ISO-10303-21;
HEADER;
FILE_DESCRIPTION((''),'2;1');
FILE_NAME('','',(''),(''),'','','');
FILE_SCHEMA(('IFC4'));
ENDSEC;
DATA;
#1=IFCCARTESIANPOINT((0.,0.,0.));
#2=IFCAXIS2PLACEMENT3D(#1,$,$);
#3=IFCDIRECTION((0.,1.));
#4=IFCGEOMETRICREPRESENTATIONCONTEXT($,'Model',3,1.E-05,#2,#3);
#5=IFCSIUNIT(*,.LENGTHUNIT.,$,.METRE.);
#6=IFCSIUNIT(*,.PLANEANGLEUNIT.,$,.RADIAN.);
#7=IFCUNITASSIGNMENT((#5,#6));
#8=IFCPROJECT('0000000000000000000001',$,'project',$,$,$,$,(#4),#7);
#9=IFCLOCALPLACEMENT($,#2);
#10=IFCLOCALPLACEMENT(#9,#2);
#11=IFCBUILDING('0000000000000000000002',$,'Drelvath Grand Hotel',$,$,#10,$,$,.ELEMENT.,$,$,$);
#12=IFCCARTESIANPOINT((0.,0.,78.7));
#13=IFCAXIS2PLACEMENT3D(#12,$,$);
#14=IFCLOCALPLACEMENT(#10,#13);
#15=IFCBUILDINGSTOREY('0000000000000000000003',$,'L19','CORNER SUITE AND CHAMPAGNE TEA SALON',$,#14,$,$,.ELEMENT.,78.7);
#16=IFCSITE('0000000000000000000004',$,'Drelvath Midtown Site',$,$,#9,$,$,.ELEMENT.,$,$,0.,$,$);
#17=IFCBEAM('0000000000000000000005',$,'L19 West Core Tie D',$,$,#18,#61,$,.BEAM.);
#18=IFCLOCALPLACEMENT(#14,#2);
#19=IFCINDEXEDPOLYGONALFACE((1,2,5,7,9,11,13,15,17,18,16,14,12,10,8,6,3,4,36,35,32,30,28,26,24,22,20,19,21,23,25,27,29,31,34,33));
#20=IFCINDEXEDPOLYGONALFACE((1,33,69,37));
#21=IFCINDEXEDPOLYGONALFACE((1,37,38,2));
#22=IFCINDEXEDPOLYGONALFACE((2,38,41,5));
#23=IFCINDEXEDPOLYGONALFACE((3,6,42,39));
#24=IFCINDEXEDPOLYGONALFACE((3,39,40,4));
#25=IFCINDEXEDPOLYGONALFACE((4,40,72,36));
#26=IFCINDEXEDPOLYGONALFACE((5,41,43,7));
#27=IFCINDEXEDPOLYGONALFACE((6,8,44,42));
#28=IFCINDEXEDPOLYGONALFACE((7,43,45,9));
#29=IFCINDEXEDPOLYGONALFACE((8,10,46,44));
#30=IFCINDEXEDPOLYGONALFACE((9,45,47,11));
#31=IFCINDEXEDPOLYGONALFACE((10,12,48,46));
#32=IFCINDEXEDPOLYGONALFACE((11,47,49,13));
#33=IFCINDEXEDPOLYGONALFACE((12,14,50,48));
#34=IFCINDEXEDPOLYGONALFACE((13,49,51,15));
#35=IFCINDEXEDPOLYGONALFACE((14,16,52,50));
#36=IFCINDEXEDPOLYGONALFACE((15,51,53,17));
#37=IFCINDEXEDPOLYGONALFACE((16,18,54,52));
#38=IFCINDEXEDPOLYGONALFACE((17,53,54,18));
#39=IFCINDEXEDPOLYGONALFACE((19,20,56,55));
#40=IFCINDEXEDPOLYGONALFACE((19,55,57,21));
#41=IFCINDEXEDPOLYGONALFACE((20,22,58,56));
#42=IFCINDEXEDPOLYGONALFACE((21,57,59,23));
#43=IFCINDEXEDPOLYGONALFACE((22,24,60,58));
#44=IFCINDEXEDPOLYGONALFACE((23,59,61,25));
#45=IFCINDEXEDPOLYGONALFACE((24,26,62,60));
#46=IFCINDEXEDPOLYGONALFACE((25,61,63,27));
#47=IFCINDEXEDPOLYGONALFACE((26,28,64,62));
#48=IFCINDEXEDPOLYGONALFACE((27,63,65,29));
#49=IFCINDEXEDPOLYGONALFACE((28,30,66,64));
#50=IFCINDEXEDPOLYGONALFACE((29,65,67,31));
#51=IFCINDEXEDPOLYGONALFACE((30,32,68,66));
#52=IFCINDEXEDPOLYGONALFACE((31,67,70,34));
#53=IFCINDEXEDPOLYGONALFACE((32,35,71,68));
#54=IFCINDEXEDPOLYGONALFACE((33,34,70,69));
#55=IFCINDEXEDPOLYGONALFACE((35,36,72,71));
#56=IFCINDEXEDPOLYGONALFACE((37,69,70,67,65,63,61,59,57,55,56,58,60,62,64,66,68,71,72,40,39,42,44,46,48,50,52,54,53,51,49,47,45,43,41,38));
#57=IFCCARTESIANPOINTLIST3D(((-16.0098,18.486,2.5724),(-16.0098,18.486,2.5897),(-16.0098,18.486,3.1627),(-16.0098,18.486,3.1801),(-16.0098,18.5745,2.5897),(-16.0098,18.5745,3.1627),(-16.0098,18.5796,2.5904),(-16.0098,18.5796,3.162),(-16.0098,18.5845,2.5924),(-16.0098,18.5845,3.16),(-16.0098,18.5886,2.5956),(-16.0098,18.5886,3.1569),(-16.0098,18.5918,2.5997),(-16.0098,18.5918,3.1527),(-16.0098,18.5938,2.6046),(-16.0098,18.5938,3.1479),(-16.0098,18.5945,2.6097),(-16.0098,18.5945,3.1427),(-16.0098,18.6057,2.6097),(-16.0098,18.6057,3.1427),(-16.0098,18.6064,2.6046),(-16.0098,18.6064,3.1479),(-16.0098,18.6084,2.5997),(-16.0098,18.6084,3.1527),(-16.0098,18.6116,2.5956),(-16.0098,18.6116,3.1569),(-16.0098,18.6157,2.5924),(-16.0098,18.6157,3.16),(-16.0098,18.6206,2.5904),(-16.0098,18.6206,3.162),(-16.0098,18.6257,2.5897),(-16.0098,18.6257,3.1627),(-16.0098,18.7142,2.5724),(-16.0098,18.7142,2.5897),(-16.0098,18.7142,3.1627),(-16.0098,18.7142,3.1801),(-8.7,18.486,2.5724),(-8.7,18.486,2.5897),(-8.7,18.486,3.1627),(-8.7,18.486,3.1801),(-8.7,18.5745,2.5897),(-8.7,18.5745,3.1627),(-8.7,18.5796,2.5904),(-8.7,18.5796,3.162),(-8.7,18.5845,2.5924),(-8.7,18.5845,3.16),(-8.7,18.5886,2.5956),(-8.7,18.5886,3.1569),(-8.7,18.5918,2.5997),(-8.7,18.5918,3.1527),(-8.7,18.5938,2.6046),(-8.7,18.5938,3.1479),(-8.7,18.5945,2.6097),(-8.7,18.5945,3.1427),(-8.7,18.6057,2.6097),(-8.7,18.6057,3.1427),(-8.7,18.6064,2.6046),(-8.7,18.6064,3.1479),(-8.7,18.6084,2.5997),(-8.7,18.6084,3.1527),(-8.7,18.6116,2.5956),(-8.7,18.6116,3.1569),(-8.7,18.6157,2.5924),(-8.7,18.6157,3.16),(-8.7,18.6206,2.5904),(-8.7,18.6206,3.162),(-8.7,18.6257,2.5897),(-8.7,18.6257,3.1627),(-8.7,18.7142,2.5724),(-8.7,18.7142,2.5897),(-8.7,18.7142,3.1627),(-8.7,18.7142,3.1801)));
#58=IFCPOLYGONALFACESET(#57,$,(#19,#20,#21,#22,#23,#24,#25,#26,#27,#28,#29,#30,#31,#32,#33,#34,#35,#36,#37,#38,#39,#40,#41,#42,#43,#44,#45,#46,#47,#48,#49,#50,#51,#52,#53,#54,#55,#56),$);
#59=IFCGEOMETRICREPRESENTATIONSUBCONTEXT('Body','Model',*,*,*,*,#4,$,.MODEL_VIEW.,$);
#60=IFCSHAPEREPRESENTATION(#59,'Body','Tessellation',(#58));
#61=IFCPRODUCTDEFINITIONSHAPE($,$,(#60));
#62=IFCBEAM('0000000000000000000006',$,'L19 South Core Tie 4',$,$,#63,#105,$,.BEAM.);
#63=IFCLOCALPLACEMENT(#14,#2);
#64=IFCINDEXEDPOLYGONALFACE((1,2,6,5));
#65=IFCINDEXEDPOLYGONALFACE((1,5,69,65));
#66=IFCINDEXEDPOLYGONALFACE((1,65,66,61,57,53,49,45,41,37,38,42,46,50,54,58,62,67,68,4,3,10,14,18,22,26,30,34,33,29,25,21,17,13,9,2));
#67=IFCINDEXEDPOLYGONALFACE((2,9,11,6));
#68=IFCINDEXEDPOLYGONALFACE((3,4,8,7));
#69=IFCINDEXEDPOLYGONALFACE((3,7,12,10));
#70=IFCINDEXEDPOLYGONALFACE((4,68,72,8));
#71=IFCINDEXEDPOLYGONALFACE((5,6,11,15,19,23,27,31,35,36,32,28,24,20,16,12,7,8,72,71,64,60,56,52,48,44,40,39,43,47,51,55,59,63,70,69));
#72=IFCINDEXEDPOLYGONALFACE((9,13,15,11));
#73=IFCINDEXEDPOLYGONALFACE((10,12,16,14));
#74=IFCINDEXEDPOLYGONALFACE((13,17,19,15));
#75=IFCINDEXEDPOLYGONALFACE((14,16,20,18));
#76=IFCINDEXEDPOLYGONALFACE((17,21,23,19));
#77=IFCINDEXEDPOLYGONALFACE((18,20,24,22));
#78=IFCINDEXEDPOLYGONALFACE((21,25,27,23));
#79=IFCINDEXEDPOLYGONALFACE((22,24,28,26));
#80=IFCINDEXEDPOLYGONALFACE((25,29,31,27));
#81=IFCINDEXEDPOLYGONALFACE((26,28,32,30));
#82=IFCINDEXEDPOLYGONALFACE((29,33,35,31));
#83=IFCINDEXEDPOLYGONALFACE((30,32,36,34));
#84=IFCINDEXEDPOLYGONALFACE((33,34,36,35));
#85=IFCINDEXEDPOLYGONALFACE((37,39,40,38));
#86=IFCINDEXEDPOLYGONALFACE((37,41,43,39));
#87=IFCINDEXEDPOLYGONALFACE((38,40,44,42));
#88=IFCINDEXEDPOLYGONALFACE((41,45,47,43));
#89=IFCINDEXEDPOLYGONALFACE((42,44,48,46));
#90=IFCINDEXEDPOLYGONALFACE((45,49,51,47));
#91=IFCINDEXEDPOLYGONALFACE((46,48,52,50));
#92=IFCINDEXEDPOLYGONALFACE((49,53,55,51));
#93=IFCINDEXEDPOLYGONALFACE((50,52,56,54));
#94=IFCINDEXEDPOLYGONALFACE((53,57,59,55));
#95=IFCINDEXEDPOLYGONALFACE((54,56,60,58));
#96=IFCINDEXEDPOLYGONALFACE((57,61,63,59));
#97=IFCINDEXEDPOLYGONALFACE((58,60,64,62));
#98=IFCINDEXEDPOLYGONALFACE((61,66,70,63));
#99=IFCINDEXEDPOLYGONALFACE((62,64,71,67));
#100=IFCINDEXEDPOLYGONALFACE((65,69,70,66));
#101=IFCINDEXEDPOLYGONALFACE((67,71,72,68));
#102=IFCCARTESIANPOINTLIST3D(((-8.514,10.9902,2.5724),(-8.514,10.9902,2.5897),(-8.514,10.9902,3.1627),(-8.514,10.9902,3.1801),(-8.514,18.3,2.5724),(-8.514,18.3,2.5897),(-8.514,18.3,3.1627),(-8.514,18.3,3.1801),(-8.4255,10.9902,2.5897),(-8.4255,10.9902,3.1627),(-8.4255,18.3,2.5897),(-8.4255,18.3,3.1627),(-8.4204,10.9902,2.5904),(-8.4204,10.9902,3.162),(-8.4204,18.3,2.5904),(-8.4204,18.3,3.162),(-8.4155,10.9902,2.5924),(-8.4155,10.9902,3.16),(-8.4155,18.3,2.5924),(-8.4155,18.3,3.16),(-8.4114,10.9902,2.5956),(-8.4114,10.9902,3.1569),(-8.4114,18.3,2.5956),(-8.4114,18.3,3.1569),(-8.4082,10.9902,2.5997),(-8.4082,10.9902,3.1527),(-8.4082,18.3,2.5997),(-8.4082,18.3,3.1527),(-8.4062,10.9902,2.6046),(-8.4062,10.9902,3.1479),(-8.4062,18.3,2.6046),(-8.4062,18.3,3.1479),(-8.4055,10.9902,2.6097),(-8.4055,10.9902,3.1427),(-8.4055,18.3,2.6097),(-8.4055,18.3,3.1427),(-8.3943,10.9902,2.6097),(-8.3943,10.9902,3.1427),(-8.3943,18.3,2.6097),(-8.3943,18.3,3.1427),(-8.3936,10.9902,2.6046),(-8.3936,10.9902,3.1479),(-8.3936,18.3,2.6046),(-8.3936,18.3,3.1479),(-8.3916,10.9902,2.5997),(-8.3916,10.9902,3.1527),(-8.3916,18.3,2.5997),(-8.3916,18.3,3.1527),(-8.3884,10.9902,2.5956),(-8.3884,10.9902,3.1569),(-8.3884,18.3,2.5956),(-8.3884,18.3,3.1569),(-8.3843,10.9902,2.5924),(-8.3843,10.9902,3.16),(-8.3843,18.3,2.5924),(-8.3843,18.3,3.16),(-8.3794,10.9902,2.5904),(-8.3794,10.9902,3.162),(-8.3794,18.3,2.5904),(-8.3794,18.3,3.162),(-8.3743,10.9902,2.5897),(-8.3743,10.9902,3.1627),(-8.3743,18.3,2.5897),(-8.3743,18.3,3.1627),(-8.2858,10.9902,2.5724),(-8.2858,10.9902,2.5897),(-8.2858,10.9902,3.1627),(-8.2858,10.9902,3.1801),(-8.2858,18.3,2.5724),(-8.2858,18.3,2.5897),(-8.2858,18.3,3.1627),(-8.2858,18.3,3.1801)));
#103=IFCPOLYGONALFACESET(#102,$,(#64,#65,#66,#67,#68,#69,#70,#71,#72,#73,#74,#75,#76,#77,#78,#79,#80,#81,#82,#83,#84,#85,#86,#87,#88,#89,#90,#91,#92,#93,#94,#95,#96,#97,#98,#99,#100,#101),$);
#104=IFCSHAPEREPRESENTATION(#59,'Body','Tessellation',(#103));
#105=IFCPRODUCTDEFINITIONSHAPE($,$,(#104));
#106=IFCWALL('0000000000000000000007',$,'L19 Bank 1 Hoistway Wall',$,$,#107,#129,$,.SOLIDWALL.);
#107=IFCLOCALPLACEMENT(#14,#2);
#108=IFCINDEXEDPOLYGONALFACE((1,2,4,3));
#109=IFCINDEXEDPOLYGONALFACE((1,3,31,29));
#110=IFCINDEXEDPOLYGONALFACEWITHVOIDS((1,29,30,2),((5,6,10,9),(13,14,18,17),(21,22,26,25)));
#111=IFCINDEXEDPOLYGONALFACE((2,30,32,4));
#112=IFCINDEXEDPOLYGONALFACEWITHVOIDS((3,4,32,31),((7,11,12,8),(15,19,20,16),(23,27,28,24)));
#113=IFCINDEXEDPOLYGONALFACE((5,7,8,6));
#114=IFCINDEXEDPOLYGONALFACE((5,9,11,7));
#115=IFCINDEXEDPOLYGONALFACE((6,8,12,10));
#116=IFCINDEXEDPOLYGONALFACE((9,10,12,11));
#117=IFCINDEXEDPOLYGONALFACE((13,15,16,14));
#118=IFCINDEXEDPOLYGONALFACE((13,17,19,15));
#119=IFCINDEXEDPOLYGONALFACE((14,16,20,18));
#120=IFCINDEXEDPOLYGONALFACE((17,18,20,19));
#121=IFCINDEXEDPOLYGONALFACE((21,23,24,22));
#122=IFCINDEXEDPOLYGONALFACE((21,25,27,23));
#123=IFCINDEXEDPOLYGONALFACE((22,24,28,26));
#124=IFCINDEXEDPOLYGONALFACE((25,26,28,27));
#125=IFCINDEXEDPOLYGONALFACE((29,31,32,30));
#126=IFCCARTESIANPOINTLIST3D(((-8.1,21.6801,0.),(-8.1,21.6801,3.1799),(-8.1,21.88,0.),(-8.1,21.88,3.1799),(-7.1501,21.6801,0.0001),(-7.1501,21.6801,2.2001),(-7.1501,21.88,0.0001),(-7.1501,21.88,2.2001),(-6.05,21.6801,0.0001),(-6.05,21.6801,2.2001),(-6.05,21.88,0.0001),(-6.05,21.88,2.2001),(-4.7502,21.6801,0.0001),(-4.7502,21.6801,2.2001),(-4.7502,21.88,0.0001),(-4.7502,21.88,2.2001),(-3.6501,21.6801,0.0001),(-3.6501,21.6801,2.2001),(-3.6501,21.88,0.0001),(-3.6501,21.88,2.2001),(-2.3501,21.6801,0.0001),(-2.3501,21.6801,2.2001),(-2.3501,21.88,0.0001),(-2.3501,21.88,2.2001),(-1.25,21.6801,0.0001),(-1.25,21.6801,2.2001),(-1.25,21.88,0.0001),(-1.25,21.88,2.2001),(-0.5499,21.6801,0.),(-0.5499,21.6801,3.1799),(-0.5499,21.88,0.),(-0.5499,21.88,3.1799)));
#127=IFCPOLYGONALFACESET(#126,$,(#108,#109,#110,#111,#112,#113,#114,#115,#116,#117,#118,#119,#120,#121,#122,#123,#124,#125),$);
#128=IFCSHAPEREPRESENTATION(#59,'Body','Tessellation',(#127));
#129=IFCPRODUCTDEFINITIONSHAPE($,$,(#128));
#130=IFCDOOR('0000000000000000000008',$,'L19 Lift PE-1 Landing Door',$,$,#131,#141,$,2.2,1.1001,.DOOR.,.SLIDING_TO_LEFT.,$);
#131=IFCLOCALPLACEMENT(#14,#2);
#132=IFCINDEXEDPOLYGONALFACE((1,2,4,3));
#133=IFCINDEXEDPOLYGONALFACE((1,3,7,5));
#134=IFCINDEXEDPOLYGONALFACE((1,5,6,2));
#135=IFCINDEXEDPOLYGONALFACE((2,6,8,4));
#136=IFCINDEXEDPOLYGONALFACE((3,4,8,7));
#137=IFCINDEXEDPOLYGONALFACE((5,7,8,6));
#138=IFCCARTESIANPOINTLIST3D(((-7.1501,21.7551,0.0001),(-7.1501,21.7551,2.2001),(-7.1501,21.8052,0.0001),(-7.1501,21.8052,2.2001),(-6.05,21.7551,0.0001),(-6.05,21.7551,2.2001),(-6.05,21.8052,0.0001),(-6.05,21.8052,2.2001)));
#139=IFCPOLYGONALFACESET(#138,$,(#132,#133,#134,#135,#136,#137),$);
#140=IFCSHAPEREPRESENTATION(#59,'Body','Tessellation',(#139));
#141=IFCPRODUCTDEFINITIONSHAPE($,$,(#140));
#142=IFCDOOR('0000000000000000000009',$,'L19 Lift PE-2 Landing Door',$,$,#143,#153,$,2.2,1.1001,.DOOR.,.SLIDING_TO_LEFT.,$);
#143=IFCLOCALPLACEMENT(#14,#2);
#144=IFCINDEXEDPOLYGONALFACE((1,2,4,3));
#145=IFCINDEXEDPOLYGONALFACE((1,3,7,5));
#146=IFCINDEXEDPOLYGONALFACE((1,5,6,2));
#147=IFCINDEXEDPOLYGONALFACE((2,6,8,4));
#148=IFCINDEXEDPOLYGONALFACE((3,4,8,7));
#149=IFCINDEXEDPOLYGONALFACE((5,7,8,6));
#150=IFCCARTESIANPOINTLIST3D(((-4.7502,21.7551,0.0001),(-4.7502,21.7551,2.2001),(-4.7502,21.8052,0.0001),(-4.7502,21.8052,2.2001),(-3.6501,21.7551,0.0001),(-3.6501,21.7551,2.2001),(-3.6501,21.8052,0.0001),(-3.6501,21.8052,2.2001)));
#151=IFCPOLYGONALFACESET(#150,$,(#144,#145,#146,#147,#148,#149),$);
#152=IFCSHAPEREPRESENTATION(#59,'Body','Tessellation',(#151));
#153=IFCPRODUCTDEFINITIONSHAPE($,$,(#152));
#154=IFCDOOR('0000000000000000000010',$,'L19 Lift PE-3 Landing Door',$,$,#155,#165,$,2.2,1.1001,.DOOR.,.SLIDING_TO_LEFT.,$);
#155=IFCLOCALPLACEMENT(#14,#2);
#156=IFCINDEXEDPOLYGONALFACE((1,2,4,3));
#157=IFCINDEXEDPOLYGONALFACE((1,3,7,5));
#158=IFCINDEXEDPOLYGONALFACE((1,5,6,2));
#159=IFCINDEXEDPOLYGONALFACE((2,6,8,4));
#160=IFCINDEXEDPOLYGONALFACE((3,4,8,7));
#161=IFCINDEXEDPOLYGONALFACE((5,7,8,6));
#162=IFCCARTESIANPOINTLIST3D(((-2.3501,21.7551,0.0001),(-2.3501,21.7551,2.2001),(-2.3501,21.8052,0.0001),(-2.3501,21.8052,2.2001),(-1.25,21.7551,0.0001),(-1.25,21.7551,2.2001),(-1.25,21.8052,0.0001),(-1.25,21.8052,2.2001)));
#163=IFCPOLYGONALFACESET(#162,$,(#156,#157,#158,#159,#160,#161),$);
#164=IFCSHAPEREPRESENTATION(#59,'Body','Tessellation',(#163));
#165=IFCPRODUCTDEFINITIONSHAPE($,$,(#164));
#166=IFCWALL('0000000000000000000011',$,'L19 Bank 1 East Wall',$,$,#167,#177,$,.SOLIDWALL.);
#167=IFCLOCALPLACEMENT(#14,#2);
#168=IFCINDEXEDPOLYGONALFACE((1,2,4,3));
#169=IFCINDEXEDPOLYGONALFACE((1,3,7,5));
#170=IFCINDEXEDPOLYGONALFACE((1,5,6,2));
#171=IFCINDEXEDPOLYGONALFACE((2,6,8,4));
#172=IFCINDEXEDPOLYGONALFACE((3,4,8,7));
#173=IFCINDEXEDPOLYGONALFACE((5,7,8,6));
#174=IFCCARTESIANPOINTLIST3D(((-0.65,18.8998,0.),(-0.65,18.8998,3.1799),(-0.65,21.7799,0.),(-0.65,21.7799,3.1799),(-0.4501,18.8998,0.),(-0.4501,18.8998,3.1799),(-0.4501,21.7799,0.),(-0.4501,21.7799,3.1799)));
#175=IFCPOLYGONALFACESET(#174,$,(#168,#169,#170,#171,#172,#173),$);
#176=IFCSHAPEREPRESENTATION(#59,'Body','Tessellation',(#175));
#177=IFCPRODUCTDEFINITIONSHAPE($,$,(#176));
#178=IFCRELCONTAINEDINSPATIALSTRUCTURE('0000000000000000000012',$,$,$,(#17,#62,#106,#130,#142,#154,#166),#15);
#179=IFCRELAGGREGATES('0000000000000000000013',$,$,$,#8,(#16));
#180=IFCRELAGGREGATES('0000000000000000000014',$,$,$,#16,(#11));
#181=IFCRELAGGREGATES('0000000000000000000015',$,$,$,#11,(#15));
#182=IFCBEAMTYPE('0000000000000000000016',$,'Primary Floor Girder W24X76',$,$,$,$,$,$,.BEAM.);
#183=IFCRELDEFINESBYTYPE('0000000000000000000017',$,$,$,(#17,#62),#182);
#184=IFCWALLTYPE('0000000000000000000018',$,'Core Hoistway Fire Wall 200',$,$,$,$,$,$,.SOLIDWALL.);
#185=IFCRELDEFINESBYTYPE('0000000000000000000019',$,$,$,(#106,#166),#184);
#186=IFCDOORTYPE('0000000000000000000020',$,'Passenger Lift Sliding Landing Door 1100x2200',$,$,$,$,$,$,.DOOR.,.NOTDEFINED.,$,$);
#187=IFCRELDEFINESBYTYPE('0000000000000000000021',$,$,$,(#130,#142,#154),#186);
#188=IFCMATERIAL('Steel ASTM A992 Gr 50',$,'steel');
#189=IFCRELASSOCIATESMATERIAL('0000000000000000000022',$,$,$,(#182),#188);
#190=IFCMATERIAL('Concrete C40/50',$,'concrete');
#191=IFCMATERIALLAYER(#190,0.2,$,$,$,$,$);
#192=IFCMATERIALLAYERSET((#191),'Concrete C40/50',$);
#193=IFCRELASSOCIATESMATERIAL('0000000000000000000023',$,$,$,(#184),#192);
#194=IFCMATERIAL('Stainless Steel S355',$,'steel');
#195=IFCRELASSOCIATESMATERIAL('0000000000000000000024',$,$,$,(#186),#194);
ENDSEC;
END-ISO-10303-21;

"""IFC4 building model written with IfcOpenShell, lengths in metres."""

from ifc_helpers import new_model, si_unit, direction, frame, frame_2d, origin, origin_2d, place, context, subcontext, project, spatial, rectangle, i_section, extrude, material, layer, layer_set, material_profile, profile_set, type_object, element, fill, save


model = new_model("IFC4")

# Units and contexts
model_context = context("Model", 3, precision=1e-05, world=origin(), true_north=direction((0.0, 1.0)))
body_context = subcontext(model_context, "Body", "Model", "MODEL_VIEW")
ifc_project = project(units=[si_unit("LENGTHUNIT", "METRE"), si_unit("PLANEANGLEUNIT", "RADIAN")], contexts=[model_context])

# Site, building, storey
site_placement = place(None, origin())
site = spatial("IfcSite", under=ifc_project, at=site_placement, Name="Drelvath Midtown Site", CompositionType="ELEMENT", RefElevation=0.0)
building_placement = place(site_placement, origin())
building = spatial("IfcBuilding", under=site, at=building_placement, Name="Drelvath Grand Hotel", CompositionType="ELEMENT")
storey_placement = place(building_placement, frame((0.0, 0.0, 78.7)))
storey = spatial("IfcBuildingStorey", under=building, at=storey_placement, Name="L19", Description="CORNER SUITE AND CHAMPAGNE TEA SALON", CompositionType="ELEMENT", Elevation=78.7)

# Beams
ifc_material_1 = material(Name="Steel ASTM A992 Gr 50", Category="steel")
ifc_material_profile = material_profile(ifc_material_1, i_section(OverallWidth=0.2283, OverallDepth=0.6077, WebThickness=0.0112, FlangeThickness=0.0173, FilletRadius=0.02, at=origin_2d()), Name="W24X76")
ifc_profile_set = profile_set([ifc_material_profile], Name="Steel ASTM A992 Gr 50")
beam_type = type_object("IfcBeamType", Name="Primary Floor Girder W24X76", PredefinedType="BEAM", material=ifc_profile_set)
for number, where, z_axis, x_axis, name in (
    (1, (-16.0098, 18.6001, 2.8762), (1.0, 0.0, 0.0), (0.0, 1.0, 0.0), "L19 West Core Tie D"),
    (2, (-8.3999, 10.9902, 2.8762), (0.0, 1.0, 0.0), (-1.0, 0.0, 0.0), "L19 South Core Tie 4"),
):
    element("IfcBeam", number, at=place(storey_placement, frame(where, z_axis=z_axis, x_axis=x_axis)), inside=storey, type_object=beam_type, Name=name, PredefinedType="BEAM", context=body_context, shape_type="SweptSolid", body=[
        extrude(i_section(OverallWidth=0.2283, OverallDepth=0.6077, WebThickness=0.0112, FlangeThickness=0.0173, FilletRadius=0.02, at=origin_2d()), origin(), (0.0, 0.0, 1.0), 7.3098),
    ])

# Wall, openings, doors
ifc_material_2 = material(Name="Concrete C40/50", Category="concrete")
ifc_layer_1 = layer(ifc_material_2, 0.2)
ifc_layer_set_1 = layer_set([ifc_layer_1], Name="Concrete C40/50")
wall_type_1 = type_object("IfcWallType", Name="Core Hoistway Fire Wall 200", PredefinedType="SOLIDWALL", material=ifc_layer_set_1)
wall_1_placement = place(storey_placement, frame((-0.55, 21.78, 0.0), z_axis=(0.0, 0.0, 1.0), x_axis=(-1.0, 0.0, 0.0)))
wall_1 = element("IfcWall", 3, at=wall_1_placement, inside=storey, type_object=wall_type_1, Name="L19 Bank 1 Hoistway Wall", PredefinedType="SOLIDWALL", context=body_context, shape_type="SweptSolid", body=[
    extrude(rectangle(XDim=7.55, YDim=0.2, at=frame_2d((3.7749, 0.0))), origin(), (0.0, 0.0, 1.0), 3.1799),
])
opening_1_placement = place(wall_1_placement, frame((5.5, 0.0, 0.0)))
opening_1 = element("IfcOpeningElement", 4, at=opening_1_placement, cuts=wall_1, PredefinedType="OPENING", context=body_context, shape_type="SweptSolid", body=[
    extrude(rectangle(XDim=1.1001, YDim=2.2, at=frame_2d((0.55, 1.1001))), frame((0.0, 0.1099, 0.0), z_axis=(0.0, -1.0, 0.0), x_axis=(1.0, 0.0, 0.0)), (0.0, 0.0, 1.0), 0.22),
])
opening_2_placement = place(wall_1_placement, frame((3.1001, 0.0, 0.0)))
opening_2 = element("IfcOpeningElement", 5, at=opening_2_placement, cuts=wall_1, PredefinedType="OPENING", context=body_context, shape_type="SweptSolid", body=[
    extrude(rectangle(XDim=1.1001, YDim=2.2, at=frame_2d((0.55, 1.1001))), frame((0.0, 0.1099, 0.0), z_axis=(0.0, -1.0, 0.0), x_axis=(1.0, 0.0, 0.0)), (0.0, 0.0, 1.0), 0.22),
])
opening_3_placement = place(wall_1_placement, frame((0.7, 0.0, 0.0)))
opening_3 = element("IfcOpeningElement", 6, at=opening_3_placement, cuts=wall_1, PredefinedType="OPENING", context=body_context, shape_type="SweptSolid", body=[
    extrude(rectangle(XDim=1.1001, YDim=2.2, at=frame_2d((0.55, 1.1001))), frame((0.0, 0.1099, 0.0), z_axis=(0.0, -1.0, 0.0), x_axis=(1.0, 0.0, 0.0)), (0.0, 0.0, 1.0), 0.22),
])
ifc_material_3 = material(Name="Stainless Steel S355", Category="steel")
door_type_1 = type_object("IfcDoorType", Name="Passenger Lift Sliding Landing Door 1100x2200", OperationType="NOTDEFINED", PredefinedType="DOOR", material=ifc_material_3)
door_1_placement = place(opening_1_placement, origin())
door_1 = element("IfcDoor", 7, at=door_1_placement, inside=storey, type_object=door_type_1, Name="L19 Lift PE-1 Landing Door", OperationType="SLIDING_TO_LEFT", OverallHeight=2.2, OverallWidth=1.1001, PredefinedType="DOOR", context=body_context, shape_type="SweptSolid", body=[
    extrude(rectangle(XDim=1.1001, YDim=2.2, at=frame_2d((0.55, 1.1001))), frame((0.0, 0.0249, 0.0), z_axis=(0.0, -1.0, 0.0), x_axis=(1.0, 0.0, 0.0)), (0.0, 0.0, 1.0), 0.05),
])
fill(opening_1, door_1)
door_2_placement = place(opening_2_placement, origin())
door_2 = element("IfcDoor", 8, at=door_2_placement, inside=storey, type_object=door_type_1, Name="L19 Lift PE-2 Landing Door", OperationType="SLIDING_TO_LEFT", OverallHeight=2.2, OverallWidth=1.1001, PredefinedType="DOOR", context=body_context, shape_type="SweptSolid", body=[
    extrude(rectangle(XDim=1.1001, YDim=2.2, at=frame_2d((0.55, 1.1001))), frame((0.0, 0.0249, 0.0), z_axis=(0.0, -1.0, 0.0), x_axis=(1.0, 0.0, 0.0)), (0.0, 0.0, 1.0), 0.05),
])
fill(opening_2, door_2)
door_3_placement = place(opening_3_placement, origin())
door_3 = element("IfcDoor", 9, at=door_3_placement, inside=storey, type_object=door_type_1, Name="L19 Lift PE-3 Landing Door", OperationType="SLIDING_TO_LEFT", OverallHeight=2.2, OverallWidth=1.1001, PredefinedType="DOOR", context=body_context, shape_type="SweptSolid", body=[
    extrude(rectangle(XDim=1.1001, YDim=2.2, at=frame_2d((0.55, 1.1001))), frame((0.0, 0.0249, 0.0), z_axis=(0.0, -1.0, 0.0), x_axis=(1.0, 0.0, 0.0)), (0.0, 0.0, 1.0), 0.05),
])
fill(opening_3, door_3)

# Wall
wall_2_placement = place(storey_placement, frame((-0.55, 18.8999, 0.0), z_axis=(0.0, 0.0, 1.0), x_axis=(0.0, 1.0, 0.0)))
element("IfcWall", 10, at=wall_2_placement, inside=storey, type_object=wall_type_1, Name="L19 Bank 1 East Wall", PredefinedType="SOLIDWALL", context=body_context, shape_type="SweptSolid", body=[
    extrude(rectangle(XDim=2.8801, YDim=0.2, at=frame_2d((1.4399, 0.0))), origin(), (0.0, 0.0, 1.0), 3.1799),
])

save(model, "model.ifc")
